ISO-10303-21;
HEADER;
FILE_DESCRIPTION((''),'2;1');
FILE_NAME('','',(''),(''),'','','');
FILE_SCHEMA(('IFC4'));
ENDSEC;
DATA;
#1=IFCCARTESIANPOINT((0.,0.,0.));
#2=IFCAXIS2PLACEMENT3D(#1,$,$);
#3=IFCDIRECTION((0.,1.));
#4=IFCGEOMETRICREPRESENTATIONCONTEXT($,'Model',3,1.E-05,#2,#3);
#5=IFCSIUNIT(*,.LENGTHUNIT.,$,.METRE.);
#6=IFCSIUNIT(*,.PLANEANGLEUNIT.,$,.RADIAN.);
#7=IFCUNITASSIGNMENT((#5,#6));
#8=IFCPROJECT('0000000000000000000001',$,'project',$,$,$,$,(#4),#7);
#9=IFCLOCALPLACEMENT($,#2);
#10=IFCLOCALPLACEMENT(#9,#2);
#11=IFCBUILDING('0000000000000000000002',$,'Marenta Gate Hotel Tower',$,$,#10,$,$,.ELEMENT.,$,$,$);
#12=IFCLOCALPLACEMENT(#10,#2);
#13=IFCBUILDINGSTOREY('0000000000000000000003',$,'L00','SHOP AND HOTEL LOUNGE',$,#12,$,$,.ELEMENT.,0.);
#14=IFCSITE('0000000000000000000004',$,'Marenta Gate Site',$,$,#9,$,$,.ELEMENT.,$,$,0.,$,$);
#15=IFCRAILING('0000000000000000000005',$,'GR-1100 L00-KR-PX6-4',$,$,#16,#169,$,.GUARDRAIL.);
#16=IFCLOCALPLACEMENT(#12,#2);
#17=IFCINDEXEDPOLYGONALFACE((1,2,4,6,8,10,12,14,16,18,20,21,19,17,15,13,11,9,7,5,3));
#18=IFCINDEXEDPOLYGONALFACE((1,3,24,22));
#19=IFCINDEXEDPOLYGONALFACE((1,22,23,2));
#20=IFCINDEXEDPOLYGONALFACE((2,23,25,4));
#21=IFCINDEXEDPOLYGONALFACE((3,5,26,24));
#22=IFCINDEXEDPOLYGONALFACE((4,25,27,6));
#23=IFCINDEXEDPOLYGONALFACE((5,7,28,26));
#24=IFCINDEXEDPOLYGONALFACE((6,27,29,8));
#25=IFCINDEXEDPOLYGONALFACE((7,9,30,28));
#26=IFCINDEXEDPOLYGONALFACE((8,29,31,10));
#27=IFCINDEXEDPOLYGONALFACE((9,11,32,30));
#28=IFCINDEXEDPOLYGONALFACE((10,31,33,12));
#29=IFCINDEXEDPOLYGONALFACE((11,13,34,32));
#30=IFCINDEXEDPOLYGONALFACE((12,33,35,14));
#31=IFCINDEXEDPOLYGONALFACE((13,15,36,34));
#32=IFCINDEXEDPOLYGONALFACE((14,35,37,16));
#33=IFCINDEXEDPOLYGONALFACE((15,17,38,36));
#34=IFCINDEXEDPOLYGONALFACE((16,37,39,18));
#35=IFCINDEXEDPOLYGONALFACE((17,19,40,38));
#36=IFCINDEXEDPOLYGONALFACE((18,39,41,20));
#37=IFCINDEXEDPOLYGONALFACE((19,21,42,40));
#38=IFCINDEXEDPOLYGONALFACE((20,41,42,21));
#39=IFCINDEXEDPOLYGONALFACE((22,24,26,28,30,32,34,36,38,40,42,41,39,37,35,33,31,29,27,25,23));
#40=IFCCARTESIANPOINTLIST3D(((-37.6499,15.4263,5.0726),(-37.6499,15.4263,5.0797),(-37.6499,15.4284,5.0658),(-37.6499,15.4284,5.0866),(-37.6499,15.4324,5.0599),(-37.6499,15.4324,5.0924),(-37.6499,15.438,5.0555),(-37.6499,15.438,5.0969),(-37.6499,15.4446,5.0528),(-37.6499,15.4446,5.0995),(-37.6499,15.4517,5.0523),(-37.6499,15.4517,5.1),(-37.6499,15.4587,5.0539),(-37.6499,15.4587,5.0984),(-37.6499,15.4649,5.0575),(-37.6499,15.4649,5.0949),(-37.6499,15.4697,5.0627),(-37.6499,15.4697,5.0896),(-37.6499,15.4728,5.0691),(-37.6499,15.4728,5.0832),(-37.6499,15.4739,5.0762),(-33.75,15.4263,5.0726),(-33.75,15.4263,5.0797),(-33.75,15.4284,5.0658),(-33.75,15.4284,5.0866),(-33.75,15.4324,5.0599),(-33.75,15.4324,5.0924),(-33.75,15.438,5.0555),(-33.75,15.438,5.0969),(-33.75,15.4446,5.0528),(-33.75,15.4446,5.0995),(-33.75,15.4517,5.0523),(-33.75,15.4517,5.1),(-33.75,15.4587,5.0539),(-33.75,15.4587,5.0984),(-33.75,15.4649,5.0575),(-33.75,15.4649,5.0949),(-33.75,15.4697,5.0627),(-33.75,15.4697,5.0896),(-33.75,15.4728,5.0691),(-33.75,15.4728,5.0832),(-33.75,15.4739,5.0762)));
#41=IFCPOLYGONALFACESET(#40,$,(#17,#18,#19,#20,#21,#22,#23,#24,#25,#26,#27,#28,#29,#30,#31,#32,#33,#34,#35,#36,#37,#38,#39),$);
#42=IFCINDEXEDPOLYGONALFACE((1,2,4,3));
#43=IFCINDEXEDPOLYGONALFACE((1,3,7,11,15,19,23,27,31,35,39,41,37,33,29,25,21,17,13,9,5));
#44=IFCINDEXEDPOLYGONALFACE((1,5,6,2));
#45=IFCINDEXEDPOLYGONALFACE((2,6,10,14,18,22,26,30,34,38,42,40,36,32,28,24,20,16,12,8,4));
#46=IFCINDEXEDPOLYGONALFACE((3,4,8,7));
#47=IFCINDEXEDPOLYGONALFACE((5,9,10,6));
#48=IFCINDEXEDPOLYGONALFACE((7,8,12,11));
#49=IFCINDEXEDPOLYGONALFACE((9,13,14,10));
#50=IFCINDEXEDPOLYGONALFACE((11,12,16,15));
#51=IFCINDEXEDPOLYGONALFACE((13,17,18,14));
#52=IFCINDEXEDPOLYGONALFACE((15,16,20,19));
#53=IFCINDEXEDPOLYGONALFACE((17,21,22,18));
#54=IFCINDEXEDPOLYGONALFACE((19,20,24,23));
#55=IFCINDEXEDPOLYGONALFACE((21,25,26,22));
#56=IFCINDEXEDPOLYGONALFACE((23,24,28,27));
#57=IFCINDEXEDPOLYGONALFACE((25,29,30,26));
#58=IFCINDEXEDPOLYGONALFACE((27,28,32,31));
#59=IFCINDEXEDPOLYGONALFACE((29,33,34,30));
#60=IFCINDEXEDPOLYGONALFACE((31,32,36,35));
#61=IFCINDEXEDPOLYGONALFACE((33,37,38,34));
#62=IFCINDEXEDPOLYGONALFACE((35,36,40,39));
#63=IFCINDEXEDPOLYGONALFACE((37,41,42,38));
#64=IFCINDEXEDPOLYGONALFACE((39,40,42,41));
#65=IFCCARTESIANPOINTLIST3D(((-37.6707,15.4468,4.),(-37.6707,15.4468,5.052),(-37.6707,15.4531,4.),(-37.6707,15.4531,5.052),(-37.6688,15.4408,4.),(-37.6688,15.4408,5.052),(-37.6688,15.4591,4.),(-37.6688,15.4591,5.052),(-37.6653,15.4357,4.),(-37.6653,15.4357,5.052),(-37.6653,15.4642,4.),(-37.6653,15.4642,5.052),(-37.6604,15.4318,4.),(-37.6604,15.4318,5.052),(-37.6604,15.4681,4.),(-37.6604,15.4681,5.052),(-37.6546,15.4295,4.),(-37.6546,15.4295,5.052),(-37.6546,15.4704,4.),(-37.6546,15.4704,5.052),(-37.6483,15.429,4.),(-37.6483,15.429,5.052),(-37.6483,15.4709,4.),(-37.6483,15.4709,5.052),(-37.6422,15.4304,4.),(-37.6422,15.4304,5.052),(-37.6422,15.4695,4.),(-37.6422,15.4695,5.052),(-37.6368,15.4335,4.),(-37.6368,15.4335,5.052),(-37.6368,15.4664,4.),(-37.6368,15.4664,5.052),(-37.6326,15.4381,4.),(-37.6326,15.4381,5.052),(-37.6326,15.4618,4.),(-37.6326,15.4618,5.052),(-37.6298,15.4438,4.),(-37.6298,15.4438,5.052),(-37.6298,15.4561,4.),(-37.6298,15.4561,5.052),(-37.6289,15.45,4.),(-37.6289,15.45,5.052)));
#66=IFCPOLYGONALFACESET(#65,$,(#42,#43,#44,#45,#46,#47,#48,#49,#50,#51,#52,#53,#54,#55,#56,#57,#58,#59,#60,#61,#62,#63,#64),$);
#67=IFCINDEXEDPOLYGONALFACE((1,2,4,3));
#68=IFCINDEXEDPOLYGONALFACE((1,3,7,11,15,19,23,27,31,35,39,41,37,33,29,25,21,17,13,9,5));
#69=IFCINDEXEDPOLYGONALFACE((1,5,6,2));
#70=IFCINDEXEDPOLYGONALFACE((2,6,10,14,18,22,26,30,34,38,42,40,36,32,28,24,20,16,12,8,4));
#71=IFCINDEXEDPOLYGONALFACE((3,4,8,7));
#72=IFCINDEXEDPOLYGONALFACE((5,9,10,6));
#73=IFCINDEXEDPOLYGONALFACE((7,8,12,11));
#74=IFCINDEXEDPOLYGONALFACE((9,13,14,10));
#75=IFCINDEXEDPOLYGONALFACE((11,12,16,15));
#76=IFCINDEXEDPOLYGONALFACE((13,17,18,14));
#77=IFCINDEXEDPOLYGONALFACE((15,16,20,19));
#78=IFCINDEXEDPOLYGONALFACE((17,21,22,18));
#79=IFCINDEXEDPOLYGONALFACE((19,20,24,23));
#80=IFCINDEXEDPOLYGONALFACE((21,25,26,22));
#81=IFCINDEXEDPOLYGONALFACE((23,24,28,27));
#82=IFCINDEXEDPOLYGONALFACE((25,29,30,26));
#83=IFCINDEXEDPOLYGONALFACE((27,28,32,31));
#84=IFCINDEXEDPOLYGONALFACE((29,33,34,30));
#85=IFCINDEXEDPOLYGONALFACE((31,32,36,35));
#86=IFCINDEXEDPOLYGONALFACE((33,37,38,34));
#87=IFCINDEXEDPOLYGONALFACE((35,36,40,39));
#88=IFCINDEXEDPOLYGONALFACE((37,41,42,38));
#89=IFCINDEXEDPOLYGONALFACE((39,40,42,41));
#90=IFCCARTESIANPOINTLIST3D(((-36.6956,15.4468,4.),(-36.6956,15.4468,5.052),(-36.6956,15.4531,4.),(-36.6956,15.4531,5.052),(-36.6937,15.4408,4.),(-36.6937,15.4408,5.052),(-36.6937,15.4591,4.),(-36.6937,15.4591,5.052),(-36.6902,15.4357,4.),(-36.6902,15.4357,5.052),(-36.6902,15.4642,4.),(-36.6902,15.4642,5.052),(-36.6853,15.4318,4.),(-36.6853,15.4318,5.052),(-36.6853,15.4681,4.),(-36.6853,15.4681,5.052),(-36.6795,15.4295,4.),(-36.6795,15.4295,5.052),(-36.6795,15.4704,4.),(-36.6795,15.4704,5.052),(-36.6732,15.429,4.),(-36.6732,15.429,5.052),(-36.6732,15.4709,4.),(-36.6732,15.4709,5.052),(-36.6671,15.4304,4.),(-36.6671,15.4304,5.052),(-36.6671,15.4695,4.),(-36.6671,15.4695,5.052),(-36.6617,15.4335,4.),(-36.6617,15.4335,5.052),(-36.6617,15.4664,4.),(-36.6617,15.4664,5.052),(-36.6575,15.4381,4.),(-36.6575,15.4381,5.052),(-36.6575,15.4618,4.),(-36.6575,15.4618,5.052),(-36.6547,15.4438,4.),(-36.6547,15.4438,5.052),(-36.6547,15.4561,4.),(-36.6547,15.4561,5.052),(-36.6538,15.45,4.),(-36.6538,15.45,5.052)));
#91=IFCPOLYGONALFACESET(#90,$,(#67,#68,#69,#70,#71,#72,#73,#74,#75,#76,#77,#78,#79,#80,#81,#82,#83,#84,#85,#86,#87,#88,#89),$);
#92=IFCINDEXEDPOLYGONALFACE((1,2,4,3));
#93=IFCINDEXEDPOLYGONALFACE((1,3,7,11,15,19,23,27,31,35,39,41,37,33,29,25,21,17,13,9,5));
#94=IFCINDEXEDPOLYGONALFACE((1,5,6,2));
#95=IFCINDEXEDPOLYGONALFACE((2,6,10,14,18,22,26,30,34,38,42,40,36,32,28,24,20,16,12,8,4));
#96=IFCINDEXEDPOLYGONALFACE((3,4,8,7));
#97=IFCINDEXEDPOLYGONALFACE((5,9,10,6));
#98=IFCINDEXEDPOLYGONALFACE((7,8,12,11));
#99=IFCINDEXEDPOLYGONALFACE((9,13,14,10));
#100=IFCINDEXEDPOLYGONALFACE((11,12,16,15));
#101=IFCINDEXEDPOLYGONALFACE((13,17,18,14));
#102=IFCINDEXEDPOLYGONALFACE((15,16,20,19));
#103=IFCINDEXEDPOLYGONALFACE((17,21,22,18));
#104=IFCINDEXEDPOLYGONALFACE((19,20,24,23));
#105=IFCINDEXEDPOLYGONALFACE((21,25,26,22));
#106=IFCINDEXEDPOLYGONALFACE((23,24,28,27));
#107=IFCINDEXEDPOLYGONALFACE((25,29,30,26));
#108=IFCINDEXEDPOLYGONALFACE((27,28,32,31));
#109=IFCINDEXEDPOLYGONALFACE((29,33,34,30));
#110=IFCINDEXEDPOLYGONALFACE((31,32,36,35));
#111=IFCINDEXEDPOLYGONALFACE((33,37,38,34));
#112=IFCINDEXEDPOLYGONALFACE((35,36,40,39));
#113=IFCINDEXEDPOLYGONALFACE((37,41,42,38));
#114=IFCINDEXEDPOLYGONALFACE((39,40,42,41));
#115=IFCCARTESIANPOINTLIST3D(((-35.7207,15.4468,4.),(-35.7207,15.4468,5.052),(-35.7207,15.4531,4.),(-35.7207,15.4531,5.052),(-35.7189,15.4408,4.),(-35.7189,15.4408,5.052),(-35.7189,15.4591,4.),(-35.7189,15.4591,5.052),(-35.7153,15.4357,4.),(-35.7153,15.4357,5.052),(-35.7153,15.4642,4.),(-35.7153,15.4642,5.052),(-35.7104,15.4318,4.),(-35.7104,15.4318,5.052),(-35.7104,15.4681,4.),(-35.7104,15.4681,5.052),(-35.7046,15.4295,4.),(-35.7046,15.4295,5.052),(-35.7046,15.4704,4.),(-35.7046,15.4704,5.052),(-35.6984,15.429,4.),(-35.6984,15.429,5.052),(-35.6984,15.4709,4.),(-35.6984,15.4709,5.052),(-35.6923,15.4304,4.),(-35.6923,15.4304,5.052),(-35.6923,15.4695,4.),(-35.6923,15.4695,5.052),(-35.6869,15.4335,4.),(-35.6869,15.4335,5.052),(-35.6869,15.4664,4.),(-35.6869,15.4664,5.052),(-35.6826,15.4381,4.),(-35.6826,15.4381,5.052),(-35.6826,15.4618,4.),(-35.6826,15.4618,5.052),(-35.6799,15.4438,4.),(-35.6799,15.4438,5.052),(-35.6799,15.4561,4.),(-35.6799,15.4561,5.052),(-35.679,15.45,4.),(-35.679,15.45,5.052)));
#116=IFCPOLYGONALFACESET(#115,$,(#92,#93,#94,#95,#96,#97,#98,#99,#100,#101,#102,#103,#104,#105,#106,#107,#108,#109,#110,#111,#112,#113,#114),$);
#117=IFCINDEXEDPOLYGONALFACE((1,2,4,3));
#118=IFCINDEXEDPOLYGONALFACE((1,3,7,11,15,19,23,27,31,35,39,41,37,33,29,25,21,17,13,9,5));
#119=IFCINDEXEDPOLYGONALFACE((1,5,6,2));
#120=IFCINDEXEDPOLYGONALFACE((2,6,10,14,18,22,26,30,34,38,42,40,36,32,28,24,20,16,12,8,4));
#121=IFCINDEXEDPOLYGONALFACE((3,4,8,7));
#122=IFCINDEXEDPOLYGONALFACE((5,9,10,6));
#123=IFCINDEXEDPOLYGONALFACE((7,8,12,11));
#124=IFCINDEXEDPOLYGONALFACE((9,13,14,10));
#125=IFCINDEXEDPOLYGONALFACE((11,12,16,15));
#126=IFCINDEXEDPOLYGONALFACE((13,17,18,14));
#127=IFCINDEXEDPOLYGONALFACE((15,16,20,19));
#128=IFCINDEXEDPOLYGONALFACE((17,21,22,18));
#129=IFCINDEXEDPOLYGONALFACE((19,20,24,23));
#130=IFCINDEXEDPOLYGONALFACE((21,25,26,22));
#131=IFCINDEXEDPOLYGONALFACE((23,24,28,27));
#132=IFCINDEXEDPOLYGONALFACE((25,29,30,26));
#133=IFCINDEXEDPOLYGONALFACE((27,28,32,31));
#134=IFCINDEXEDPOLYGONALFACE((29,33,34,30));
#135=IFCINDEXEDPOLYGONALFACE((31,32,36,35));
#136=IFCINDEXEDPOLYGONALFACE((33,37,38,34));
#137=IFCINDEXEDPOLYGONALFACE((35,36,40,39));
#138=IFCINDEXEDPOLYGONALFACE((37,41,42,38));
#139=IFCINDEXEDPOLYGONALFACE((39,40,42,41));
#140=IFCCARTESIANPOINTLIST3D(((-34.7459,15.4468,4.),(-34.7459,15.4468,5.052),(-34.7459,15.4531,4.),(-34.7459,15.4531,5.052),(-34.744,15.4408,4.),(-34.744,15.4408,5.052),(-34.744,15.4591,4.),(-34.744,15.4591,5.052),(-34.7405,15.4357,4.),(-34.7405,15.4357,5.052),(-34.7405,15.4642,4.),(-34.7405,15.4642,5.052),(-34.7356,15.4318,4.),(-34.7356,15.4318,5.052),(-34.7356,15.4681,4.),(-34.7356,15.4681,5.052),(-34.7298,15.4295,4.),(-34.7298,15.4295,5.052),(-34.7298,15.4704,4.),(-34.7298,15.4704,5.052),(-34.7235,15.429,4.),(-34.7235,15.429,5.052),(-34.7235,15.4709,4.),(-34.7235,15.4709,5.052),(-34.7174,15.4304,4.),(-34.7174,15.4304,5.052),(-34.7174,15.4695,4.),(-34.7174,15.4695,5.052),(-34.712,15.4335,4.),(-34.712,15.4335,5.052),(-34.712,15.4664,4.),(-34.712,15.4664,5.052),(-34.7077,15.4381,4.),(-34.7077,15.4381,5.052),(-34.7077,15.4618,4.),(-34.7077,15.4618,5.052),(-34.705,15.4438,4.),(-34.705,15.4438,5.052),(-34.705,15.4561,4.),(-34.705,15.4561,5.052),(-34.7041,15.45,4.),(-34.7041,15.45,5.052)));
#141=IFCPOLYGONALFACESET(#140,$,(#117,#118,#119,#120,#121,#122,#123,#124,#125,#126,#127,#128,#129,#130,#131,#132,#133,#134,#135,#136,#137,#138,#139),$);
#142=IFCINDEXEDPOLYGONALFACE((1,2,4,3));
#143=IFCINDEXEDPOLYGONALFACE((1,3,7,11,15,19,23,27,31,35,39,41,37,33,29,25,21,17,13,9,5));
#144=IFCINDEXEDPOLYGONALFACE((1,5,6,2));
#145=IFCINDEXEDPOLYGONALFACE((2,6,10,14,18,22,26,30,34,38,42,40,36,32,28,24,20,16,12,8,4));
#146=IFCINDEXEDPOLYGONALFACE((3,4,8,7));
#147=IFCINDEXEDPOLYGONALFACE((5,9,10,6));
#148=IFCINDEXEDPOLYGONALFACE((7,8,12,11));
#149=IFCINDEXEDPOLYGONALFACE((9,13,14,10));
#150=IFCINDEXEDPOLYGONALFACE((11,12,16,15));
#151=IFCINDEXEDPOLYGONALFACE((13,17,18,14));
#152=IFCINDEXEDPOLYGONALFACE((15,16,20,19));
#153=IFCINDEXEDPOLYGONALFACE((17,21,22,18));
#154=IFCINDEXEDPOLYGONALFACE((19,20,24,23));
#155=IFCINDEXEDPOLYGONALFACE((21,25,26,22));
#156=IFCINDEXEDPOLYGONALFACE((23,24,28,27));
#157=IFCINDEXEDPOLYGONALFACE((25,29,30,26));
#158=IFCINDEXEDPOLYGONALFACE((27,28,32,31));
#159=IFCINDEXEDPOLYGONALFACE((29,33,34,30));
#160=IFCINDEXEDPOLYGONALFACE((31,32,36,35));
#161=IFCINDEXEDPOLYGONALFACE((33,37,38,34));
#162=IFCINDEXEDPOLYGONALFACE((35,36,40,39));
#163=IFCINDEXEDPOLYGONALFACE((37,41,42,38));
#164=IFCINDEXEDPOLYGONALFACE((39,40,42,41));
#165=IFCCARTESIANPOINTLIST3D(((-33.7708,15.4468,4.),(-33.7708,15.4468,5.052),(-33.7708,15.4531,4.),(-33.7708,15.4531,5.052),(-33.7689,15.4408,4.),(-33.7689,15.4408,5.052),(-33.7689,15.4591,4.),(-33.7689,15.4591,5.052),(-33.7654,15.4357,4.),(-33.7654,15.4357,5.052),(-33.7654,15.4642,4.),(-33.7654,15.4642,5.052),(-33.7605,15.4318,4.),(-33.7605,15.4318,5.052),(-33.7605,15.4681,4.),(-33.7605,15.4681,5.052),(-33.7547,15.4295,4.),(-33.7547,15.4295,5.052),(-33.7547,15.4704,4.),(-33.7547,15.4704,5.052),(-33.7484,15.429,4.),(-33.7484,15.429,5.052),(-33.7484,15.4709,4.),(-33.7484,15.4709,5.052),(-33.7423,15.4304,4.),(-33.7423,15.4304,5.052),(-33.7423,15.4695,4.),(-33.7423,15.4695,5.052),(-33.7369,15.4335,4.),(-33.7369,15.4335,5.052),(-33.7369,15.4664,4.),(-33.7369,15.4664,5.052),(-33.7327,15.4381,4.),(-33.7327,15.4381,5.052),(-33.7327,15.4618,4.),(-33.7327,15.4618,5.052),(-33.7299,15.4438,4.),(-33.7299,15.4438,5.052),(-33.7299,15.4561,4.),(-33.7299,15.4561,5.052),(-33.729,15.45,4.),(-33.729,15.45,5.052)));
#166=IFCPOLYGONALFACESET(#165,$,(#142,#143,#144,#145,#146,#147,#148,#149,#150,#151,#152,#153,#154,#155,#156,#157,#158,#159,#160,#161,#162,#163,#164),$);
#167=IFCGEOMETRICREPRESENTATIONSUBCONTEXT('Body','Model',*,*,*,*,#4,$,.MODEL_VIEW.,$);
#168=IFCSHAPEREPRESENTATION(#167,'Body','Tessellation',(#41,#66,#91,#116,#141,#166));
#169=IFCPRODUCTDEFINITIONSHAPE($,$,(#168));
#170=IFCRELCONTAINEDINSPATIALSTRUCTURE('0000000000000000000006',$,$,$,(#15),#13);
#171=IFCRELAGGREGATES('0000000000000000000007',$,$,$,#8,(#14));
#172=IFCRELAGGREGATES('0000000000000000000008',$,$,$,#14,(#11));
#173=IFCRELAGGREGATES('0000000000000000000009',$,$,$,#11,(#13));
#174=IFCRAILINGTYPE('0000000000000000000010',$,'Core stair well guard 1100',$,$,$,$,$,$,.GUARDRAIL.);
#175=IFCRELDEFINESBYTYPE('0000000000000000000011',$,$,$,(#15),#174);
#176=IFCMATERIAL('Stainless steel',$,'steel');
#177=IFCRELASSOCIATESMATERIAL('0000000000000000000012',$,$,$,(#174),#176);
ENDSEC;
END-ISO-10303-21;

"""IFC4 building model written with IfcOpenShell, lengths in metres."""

from ifc_helpers import new_model, si_unit, direction, frame, origin, origin_2d, place, context, subcontext, project, spatial, circle, extrude, material, type_object, element, save


model = new_model("IFC4")

# Units and contexts
model_context = context("Model", 3, precision=1e-05, world=origin(), true_north=direction((0.0, 1.0)))
body_context = subcontext(model_context, "Body", "Model", "MODEL_VIEW")
ifc_project = project(units=[si_unit("LENGTHUNIT", "METRE"), si_unit("PLANEANGLEUNIT", "RADIAN")], contexts=[model_context])

# Site, building, storey
site_placement = place(None, origin())
site = spatial("IfcSite", under=ifc_project, at=site_placement, Name="Marenta Gate Site", CompositionType="ELEMENT", RefElevation=0.0)
building_placement = place(site_placement, origin())
building = spatial("IfcBuilding", under=site, at=building_placement, Name="Marenta Gate Hotel Tower", CompositionType="ELEMENT")
storey_placement = place(building_placement, origin())
storey = spatial("IfcBuildingStorey", under=building, at=storey_placement, Name="L00", Description="SHOP AND HOTEL LOUNGE", CompositionType="ELEMENT", Elevation=0.0)

# Railing
ifc_material_1 = material(Name="Stainless steel", Category="steel")
railing_type = type_object("IfcRailingType", Name="Core stair well guard 1100", PredefinedType="GUARDRAIL", material=ifc_material_1)
for number, where, name in (
    (1, (-37.6499, 15.45, 4.0), "GR-1100 L00-KR-PX6-4"),
):
    element("IfcRailing", number, at=place(storey_placement, frame(where)), inside=storey, type_object=railing_type, Name=name, PredefinedType="GUARDRAIL", context=body_context, shape_type="SweptSolid", body=[
        extrude(circle(Radius=0.0239, at=origin_2d()), frame((0.0, 0.0, 1.0762), z_axis=(1.0, 0.0, 0.0), x_axis=(0.0, 1.0, 0.0)), (0.0, 0.0, 1.0), 3.8999),
        extrude(circle(Radius=0.021, at=origin_2d()), origin(), (0.0, 0.0, 1.0), 1.052),
        extrude(circle(Radius=0.021, at=origin_2d()), frame((0.9751, 0.0, 0.0)), (0.0, 0.0, 1.0), 1.052),
        extrude(circle(Radius=0.021, at=origin_2d()), frame((1.95, 0.0, 0.0)), (0.0, 0.0, 1.0), 1.052),
        extrude(circle(Radius=0.021, at=origin_2d()), frame((2.9248, 0.0, 0.0)), (0.0, 0.0, 1.0), 1.052),
        extrude(circle(Radius=0.021, at=origin_2d()), frame((3.8999, 0.0, 0.0)), (0.0, 0.0, 1.0), 1.052),
    ])

save(model, "model.ifc")
